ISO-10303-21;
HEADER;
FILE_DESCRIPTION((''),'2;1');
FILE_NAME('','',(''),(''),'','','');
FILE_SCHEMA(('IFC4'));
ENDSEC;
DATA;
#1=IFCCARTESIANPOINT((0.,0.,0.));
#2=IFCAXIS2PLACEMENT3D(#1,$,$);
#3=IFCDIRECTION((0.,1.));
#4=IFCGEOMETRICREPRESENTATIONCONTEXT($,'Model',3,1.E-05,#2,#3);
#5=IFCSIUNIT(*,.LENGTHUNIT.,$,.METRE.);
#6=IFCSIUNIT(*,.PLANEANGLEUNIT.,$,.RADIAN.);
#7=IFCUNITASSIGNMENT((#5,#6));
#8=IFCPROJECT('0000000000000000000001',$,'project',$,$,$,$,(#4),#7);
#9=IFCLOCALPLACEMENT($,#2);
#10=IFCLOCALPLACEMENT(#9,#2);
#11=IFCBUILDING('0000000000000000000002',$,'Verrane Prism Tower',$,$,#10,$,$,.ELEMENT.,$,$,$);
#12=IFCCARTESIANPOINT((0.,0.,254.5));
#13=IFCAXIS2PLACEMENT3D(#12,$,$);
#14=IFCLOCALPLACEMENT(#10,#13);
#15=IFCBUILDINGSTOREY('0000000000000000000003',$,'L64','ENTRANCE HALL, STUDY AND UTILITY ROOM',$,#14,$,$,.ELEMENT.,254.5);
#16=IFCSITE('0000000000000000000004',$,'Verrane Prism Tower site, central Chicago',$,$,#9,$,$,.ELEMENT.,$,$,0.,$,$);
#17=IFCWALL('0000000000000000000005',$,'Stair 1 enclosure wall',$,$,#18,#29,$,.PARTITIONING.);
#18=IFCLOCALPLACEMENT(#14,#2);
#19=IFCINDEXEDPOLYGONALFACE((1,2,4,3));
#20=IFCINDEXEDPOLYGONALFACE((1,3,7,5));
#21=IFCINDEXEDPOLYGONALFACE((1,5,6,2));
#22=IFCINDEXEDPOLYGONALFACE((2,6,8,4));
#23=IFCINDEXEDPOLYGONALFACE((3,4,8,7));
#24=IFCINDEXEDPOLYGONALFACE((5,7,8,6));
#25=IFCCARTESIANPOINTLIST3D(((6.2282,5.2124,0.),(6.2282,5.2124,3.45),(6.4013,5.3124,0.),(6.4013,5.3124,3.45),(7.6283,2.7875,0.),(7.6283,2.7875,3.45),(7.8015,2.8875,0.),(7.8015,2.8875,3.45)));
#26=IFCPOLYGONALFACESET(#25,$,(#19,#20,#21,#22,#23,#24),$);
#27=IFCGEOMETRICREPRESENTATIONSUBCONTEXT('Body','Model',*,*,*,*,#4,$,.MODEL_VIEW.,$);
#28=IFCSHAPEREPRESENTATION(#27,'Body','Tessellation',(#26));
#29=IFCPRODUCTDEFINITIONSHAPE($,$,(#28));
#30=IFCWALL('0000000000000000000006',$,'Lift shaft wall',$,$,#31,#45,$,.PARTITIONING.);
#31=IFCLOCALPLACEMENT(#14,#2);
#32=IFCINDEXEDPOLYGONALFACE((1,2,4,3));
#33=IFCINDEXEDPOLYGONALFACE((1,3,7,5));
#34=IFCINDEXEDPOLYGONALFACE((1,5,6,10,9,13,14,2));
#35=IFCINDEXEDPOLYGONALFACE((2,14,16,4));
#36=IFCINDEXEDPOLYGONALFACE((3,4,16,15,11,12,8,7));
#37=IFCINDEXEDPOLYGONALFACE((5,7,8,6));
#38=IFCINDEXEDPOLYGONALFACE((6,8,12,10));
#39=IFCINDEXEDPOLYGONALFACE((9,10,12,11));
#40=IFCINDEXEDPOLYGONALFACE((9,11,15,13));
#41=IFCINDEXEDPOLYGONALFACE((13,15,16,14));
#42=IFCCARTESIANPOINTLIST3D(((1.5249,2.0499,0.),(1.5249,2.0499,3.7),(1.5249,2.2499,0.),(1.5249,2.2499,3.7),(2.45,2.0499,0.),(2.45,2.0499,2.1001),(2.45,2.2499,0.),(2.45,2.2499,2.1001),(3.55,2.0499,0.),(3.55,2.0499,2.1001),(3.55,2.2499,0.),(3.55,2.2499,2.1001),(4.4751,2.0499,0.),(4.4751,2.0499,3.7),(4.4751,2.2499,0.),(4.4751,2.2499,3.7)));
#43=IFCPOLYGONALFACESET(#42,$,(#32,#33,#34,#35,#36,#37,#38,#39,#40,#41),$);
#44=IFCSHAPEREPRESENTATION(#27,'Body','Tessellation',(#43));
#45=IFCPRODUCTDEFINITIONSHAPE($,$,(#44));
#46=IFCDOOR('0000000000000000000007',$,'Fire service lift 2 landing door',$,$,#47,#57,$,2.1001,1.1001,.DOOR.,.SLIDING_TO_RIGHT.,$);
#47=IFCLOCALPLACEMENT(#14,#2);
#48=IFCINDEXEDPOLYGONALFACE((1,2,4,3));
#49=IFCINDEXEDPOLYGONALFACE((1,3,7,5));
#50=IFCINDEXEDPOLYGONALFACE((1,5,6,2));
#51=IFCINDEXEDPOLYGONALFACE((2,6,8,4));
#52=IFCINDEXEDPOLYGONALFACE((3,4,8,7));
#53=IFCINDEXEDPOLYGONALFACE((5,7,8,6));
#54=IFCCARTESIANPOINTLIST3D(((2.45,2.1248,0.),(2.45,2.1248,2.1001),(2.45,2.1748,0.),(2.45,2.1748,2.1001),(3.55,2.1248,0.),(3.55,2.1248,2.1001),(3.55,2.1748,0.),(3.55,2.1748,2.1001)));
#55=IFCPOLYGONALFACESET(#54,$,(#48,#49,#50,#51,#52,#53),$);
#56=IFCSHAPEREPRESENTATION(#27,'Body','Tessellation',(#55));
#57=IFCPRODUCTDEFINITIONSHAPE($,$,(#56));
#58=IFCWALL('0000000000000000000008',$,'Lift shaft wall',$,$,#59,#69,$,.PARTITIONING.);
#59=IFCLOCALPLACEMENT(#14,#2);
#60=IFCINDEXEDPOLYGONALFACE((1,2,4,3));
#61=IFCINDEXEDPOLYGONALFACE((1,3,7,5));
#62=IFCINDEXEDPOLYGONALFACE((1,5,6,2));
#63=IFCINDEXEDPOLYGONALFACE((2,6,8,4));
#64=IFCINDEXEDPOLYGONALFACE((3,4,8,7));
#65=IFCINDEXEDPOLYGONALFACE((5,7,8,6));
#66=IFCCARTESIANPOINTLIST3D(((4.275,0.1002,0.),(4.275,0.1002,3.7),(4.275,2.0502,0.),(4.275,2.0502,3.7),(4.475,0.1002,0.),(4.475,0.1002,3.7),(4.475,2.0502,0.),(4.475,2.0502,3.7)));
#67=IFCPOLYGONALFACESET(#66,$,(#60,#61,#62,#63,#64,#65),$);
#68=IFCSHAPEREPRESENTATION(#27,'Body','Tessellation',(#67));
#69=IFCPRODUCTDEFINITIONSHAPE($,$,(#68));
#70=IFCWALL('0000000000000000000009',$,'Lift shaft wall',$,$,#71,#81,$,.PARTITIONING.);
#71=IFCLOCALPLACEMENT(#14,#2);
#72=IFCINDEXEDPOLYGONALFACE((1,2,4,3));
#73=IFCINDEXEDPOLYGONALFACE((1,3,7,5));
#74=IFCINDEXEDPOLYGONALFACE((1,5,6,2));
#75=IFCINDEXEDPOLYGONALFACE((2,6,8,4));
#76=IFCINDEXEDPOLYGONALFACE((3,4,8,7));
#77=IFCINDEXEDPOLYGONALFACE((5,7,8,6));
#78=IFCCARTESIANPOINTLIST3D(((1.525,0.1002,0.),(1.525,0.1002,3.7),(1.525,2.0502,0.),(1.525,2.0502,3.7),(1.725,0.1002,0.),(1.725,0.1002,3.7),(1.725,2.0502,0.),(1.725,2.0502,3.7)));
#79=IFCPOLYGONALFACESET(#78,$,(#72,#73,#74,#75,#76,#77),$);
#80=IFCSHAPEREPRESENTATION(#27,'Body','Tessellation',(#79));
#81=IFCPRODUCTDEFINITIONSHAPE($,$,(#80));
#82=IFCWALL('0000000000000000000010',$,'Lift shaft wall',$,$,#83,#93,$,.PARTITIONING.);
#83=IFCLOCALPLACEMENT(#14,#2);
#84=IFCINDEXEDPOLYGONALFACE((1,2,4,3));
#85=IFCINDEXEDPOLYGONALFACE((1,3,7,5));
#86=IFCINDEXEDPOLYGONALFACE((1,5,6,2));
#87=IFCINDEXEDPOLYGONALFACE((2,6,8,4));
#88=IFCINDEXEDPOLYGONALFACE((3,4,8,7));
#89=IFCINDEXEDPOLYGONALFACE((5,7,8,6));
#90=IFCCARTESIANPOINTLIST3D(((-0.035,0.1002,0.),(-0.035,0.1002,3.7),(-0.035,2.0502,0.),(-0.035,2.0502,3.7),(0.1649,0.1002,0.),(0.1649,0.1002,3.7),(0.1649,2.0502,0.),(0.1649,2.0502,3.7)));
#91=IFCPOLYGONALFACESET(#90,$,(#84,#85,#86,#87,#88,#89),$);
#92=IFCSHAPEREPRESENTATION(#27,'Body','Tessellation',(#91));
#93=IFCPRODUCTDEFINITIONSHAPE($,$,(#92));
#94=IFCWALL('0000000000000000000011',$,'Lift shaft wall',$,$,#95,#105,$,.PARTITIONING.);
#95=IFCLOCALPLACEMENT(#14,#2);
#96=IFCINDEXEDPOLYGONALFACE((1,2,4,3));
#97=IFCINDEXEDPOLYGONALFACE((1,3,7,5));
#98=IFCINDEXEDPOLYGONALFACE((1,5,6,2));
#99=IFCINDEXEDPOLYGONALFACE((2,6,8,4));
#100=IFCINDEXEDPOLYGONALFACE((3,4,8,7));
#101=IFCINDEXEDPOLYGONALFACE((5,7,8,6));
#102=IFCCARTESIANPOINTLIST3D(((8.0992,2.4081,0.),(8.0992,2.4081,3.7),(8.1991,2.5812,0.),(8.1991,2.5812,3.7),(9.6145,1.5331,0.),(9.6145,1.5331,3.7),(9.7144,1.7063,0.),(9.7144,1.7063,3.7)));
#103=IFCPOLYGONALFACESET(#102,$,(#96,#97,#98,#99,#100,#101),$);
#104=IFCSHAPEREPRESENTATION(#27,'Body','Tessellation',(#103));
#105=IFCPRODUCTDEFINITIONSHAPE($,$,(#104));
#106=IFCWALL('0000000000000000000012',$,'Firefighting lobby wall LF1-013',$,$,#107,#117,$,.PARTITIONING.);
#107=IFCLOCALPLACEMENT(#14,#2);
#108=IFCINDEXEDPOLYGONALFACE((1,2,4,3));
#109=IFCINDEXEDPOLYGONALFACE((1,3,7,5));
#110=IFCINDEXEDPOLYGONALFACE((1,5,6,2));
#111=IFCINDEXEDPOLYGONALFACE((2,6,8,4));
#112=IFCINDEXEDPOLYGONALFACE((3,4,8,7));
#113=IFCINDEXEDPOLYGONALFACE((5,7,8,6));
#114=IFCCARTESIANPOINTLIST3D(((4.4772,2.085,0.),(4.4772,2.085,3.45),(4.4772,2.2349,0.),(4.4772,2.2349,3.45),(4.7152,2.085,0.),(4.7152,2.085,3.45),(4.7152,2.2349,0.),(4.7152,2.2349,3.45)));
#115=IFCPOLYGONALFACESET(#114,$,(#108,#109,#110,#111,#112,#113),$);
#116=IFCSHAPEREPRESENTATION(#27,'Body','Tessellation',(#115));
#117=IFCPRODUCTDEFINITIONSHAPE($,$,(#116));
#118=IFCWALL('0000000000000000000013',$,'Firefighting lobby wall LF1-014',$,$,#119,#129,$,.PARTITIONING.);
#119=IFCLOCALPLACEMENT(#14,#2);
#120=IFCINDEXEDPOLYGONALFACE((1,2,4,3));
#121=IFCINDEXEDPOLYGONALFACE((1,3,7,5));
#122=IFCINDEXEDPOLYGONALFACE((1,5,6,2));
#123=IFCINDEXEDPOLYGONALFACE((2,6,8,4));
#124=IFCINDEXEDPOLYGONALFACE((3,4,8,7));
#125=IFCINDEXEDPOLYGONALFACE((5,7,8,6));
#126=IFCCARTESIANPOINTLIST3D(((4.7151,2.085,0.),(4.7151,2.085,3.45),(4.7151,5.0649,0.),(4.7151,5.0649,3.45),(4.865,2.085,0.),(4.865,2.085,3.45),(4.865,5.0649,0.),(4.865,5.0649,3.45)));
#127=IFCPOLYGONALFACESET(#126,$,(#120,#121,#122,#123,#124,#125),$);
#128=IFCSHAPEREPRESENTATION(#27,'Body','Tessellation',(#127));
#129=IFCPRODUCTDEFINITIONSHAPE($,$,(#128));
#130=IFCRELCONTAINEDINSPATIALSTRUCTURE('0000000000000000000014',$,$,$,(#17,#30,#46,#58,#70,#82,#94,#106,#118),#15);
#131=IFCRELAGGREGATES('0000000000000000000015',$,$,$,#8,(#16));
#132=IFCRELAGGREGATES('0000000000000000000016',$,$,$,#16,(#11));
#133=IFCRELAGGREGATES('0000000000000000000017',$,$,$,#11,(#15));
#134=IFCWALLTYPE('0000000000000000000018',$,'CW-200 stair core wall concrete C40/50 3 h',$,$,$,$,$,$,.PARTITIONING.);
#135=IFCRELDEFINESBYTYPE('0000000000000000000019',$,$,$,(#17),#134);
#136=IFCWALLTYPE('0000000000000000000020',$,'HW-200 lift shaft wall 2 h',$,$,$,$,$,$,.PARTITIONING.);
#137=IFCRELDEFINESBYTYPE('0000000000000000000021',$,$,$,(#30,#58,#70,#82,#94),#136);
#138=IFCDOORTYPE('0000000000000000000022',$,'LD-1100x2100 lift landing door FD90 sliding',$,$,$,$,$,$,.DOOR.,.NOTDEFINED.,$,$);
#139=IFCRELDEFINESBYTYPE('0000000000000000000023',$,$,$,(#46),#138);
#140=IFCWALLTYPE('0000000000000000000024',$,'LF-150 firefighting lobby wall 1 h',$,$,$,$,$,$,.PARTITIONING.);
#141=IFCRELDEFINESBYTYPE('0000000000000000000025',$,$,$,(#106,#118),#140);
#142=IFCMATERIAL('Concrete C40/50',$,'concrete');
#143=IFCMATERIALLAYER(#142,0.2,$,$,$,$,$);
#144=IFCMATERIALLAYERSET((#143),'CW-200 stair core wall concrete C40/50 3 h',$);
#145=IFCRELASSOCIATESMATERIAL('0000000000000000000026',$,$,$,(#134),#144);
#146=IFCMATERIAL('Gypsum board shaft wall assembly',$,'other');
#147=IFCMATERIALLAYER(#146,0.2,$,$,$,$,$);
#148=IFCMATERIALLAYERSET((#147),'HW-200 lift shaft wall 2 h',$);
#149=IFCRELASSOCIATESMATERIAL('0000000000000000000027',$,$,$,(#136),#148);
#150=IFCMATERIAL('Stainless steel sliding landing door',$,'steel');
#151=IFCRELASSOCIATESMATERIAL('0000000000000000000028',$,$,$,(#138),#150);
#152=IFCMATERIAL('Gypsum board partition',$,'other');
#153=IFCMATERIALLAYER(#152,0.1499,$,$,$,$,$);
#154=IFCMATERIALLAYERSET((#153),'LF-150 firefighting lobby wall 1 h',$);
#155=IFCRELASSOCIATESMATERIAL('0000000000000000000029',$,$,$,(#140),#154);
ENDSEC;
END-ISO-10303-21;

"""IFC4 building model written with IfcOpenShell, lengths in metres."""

from ifc_helpers import new_model, si_unit, direction, frame, frame_2d, origin, place, context, subcontext, project, spatial, rectangle, extrude, material, layer, layer_set, type_object, element, fill, save


model = new_model("IFC4")

# Units and contexts
model_context = context("Model", 3, precision=1e-05, world=origin(), true_north=direction((0.0, 1.0)))
body_context = subcontext(model_context, "Body", "Model", "MODEL_VIEW")
ifc_project = project(units=[si_unit("LENGTHUNIT", "METRE"), si_unit("PLANEANGLEUNIT", "RADIAN")], contexts=[model_context])

# Site, building, storey
site_placement = place(None, origin())
site = spatial("IfcSite", under=ifc_project, at=site_placement, Name="Verrane Prism Tower site, central Chicago", CompositionType="ELEMENT", RefElevation=0.0)
building_placement = place(site_placement, origin())
building = spatial("IfcBuilding", under=site, at=building_placement, Name="Verrane Prism Tower", CompositionType="ELEMENT")
storey_placement = place(building_placement, frame((0.0, 0.0, 254.5)))
storey = spatial("IfcBuildingStorey", under=building, at=storey_placement, Name="L64", Description="ENTRANCE HALL, STUDY AND UTILITY ROOM", CompositionType="ELEMENT", Elevation=254.5)

# Wall
ifc_material_1 = material(Name="Concrete C40/50", Category="concrete")
ifc_layer_1 = layer(ifc_material_1, 0.2)
ifc_layer_set_1 = layer_set([ifc_layer_1], Name="CW-200 stair core wall concrete C40/50 3 h")
wall_type_1 = type_object("IfcWallType", Name="CW-200 stair core wall concrete C40/50 3 h", PredefinedType="PARTITIONING", material=ifc_layer_set_1)
wall_1_placement = place(storey_placement, frame((7.7148, 2.8376, 0.0), z_axis=(0.0, 0.0, 1.0), x_axis=(-0.50005, 0.865997, 0.0)))
element("IfcWall", 1, at=wall_1_placement, inside=storey, type_object=wall_type_1, Name="Stair 1 enclosure wall", PredefinedType="PARTITIONING", context=body_context, shape_type="SweptSolid", body=[
    extrude(rectangle(XDim=2.8, YDim=0.2, at=frame_2d((1.3999, 0.0))), origin(), (0.0, 0.0, 1.0), 3.45),
])

# Wall, opening, door
ifc_material_2 = material(Name="Gypsum board shaft wall assembly", Category="other")
ifc_layer_2 = layer(ifc_material_2, 0.2)
ifc_layer_set_2 = layer_set([ifc_layer_2], Name="HW-200 lift shaft wall 2 h")
wall_type_2 = type_object("IfcWallType", Name="HW-200 lift shaft wall 2 h", PredefinedType="PARTITIONING", material=ifc_layer_set_2)
wall_2_placement = place(storey_placement, frame((1.5249, 2.1499, 0.0), z_axis=(0.0, 0.0, 1.0), x_axis=(1.0, 0.0, 0.0)))
wall_2 = element("IfcWall", 2, at=wall_2_placement, inside=storey, type_object=wall_type_2, Name="Lift shaft wall", PredefinedType="PARTITIONING", context=body_context, shape_type="SweptSolid", body=[
    extrude(rectangle(XDim=2.9502, YDim=0.2, at=frame_2d((1.4751, 0.0))), origin(), (0.0, 0.0, 1.0), 3.7),
])
opening_1_placement = place(wall_2_placement, frame((0.925, 0.0, 0.0)))
opening_1 = element("IfcOpeningElement", 3, at=opening_1_placement, cuts=wall_2, PredefinedType="OPENING", context=body_context, shape_type="SweptSolid", body=[
    extrude(rectangle(XDim=1.1001, YDim=2.1001, at=frame_2d((0.55, 1.05))), frame((0.0, 0.1099, 0.0), z_axis=(0.0, -1.0, 0.0), x_axis=(1.0, 0.0, 0.0)), (0.0, 0.0, 1.0), 0.22),
])
ifc_material_3 = material(Name="Stainless steel sliding landing door", Category="steel")
door_type_1 = type_object("IfcDoorType", Name="LD-1100x2100 lift landing door FD90 sliding", OperationType="NOTDEFINED", PredefinedType="DOOR", material=ifc_material_3)
door_1_placement = place(opening_1_placement, origin())
door_1 = element("IfcDoor", 4, at=door_1_placement, inside=storey, type_object=door_type_1, Name="Fire service lift 2 landing door", OperationType="SLIDING_TO_RIGHT", OverallHeight=2.1001, OverallWidth=1.1001, PredefinedType="DOOR", context=body_context, shape_type="SweptSolid", body=[
    extrude(rectangle(XDim=1.1001, YDim=2.1001, at=frame_2d((0.55, 1.05))), frame((0.0, 0.0249, 0.0), z_axis=(0.0, -1.0, 0.0), x_axis=(1.0, 0.0, 0.0)), (0.0, 0.0, 1.0), 0.05),
])
fill(opening_1, door_1)

# Walls
for number, where, z_axis, x_axis, name in (
    (5, (4.375, 0.1001, 0.0), (0.0, 0.0, 1.0), (0.0, 1.0, 0.0), "Lift shaft wall"),
    (6, (1.625, 0.1001, 0.0), (0.0, 0.0, 1.0), (0.0, 1.0, 0.0), "Lift shaft wall"),
    (7, (0.0649, 0.1001, 0.0), (0.0, 0.0, 1.0), (0.0, 1.0, 0.0), "Lift shaft wall"),
):
    element("IfcWall", number, at=place(storey_placement, frame(where, z_axis=z_axis, x_axis=x_axis)), inside=storey, type_object=wall_type_2, Name=name, PredefinedType="PARTITIONING", context=body_context, shape_type="SweptSolid", body=[
        extrude(rectangle(XDim=1.95, YDim=0.2, at=frame_2d((0.9751, 0.0))), origin(), (0.0, 0.0, 1.0), 3.7),
    ])
wall_3_placement = place(storey_placement, frame((9.6646, 1.6196, 0.0), z_axis=(0.0, 0.0, 1.0), x_axis=(-0.866002, 0.50004, 0.0)))
element("IfcWall", 8, at=wall_3_placement, inside=storey, type_object=wall_type_2, Name="Lift shaft wall", PredefinedType="PARTITIONING", context=body_context, shape_type="SweptSolid", body=[
    extrude(rectangle(XDim=1.7498, YDim=0.2, at=frame_2d((0.875, 0.0))), origin(), (0.0, 0.0, 1.0), 3.7),
])
ifc_material_4 = material(Name="Gypsum board partition", Category="other")
ifc_layer_3 = layer(ifc_material_4, 0.1499)
ifc_layer_set_3 = layer_set([ifc_layer_3], Name="LF-150 firefighting lobby wall 1 h")
wall_type_3 = type_object("IfcWallType", Name="LF-150 firefighting lobby wall 1 h", PredefinedType="PARTITIONING", material=ifc_layer_set_3)
wall_4_placement = place(storey_placement, frame((4.4771, 2.1599, 0.0), z_axis=(0.0, 0.0, 1.0), x_axis=(1.0, 0.0, 0.0)))
element("IfcWall", 9, at=wall_4_placement, inside=storey, type_object=wall_type_3, Name="Firefighting lobby wall LF1-013", PredefinedType="PARTITIONING", context=body_context, shape_type="SweptSolid", body=[
    extrude(rectangle(XDim=0.238, YDim=0.1499, at=frame_2d((0.1191, 0.0))), origin(), (0.0, 0.0, 1.0), 3.45),
])
wall_5_placement = place(storey_placement, frame((4.79, 2.085, 0.0), z_axis=(0.0, 0.0, 1.0), x_axis=(0.0, 1.0, 0.0)))
element("IfcWall", 10, at=wall_5_placement, inside=storey, type_object=wall_type_3, Name="Firefighting lobby wall LF1-014", PredefinedType="PARTITIONING", context=body_context, shape_type="SweptSolid", body=[
    extrude(rectangle(XDim=2.98, YDim=0.1499, at=frame_2d((1.49, 0.0))), origin(), (0.0, 0.0, 1.0), 3.45),
])

save(model, "model.ifc")
